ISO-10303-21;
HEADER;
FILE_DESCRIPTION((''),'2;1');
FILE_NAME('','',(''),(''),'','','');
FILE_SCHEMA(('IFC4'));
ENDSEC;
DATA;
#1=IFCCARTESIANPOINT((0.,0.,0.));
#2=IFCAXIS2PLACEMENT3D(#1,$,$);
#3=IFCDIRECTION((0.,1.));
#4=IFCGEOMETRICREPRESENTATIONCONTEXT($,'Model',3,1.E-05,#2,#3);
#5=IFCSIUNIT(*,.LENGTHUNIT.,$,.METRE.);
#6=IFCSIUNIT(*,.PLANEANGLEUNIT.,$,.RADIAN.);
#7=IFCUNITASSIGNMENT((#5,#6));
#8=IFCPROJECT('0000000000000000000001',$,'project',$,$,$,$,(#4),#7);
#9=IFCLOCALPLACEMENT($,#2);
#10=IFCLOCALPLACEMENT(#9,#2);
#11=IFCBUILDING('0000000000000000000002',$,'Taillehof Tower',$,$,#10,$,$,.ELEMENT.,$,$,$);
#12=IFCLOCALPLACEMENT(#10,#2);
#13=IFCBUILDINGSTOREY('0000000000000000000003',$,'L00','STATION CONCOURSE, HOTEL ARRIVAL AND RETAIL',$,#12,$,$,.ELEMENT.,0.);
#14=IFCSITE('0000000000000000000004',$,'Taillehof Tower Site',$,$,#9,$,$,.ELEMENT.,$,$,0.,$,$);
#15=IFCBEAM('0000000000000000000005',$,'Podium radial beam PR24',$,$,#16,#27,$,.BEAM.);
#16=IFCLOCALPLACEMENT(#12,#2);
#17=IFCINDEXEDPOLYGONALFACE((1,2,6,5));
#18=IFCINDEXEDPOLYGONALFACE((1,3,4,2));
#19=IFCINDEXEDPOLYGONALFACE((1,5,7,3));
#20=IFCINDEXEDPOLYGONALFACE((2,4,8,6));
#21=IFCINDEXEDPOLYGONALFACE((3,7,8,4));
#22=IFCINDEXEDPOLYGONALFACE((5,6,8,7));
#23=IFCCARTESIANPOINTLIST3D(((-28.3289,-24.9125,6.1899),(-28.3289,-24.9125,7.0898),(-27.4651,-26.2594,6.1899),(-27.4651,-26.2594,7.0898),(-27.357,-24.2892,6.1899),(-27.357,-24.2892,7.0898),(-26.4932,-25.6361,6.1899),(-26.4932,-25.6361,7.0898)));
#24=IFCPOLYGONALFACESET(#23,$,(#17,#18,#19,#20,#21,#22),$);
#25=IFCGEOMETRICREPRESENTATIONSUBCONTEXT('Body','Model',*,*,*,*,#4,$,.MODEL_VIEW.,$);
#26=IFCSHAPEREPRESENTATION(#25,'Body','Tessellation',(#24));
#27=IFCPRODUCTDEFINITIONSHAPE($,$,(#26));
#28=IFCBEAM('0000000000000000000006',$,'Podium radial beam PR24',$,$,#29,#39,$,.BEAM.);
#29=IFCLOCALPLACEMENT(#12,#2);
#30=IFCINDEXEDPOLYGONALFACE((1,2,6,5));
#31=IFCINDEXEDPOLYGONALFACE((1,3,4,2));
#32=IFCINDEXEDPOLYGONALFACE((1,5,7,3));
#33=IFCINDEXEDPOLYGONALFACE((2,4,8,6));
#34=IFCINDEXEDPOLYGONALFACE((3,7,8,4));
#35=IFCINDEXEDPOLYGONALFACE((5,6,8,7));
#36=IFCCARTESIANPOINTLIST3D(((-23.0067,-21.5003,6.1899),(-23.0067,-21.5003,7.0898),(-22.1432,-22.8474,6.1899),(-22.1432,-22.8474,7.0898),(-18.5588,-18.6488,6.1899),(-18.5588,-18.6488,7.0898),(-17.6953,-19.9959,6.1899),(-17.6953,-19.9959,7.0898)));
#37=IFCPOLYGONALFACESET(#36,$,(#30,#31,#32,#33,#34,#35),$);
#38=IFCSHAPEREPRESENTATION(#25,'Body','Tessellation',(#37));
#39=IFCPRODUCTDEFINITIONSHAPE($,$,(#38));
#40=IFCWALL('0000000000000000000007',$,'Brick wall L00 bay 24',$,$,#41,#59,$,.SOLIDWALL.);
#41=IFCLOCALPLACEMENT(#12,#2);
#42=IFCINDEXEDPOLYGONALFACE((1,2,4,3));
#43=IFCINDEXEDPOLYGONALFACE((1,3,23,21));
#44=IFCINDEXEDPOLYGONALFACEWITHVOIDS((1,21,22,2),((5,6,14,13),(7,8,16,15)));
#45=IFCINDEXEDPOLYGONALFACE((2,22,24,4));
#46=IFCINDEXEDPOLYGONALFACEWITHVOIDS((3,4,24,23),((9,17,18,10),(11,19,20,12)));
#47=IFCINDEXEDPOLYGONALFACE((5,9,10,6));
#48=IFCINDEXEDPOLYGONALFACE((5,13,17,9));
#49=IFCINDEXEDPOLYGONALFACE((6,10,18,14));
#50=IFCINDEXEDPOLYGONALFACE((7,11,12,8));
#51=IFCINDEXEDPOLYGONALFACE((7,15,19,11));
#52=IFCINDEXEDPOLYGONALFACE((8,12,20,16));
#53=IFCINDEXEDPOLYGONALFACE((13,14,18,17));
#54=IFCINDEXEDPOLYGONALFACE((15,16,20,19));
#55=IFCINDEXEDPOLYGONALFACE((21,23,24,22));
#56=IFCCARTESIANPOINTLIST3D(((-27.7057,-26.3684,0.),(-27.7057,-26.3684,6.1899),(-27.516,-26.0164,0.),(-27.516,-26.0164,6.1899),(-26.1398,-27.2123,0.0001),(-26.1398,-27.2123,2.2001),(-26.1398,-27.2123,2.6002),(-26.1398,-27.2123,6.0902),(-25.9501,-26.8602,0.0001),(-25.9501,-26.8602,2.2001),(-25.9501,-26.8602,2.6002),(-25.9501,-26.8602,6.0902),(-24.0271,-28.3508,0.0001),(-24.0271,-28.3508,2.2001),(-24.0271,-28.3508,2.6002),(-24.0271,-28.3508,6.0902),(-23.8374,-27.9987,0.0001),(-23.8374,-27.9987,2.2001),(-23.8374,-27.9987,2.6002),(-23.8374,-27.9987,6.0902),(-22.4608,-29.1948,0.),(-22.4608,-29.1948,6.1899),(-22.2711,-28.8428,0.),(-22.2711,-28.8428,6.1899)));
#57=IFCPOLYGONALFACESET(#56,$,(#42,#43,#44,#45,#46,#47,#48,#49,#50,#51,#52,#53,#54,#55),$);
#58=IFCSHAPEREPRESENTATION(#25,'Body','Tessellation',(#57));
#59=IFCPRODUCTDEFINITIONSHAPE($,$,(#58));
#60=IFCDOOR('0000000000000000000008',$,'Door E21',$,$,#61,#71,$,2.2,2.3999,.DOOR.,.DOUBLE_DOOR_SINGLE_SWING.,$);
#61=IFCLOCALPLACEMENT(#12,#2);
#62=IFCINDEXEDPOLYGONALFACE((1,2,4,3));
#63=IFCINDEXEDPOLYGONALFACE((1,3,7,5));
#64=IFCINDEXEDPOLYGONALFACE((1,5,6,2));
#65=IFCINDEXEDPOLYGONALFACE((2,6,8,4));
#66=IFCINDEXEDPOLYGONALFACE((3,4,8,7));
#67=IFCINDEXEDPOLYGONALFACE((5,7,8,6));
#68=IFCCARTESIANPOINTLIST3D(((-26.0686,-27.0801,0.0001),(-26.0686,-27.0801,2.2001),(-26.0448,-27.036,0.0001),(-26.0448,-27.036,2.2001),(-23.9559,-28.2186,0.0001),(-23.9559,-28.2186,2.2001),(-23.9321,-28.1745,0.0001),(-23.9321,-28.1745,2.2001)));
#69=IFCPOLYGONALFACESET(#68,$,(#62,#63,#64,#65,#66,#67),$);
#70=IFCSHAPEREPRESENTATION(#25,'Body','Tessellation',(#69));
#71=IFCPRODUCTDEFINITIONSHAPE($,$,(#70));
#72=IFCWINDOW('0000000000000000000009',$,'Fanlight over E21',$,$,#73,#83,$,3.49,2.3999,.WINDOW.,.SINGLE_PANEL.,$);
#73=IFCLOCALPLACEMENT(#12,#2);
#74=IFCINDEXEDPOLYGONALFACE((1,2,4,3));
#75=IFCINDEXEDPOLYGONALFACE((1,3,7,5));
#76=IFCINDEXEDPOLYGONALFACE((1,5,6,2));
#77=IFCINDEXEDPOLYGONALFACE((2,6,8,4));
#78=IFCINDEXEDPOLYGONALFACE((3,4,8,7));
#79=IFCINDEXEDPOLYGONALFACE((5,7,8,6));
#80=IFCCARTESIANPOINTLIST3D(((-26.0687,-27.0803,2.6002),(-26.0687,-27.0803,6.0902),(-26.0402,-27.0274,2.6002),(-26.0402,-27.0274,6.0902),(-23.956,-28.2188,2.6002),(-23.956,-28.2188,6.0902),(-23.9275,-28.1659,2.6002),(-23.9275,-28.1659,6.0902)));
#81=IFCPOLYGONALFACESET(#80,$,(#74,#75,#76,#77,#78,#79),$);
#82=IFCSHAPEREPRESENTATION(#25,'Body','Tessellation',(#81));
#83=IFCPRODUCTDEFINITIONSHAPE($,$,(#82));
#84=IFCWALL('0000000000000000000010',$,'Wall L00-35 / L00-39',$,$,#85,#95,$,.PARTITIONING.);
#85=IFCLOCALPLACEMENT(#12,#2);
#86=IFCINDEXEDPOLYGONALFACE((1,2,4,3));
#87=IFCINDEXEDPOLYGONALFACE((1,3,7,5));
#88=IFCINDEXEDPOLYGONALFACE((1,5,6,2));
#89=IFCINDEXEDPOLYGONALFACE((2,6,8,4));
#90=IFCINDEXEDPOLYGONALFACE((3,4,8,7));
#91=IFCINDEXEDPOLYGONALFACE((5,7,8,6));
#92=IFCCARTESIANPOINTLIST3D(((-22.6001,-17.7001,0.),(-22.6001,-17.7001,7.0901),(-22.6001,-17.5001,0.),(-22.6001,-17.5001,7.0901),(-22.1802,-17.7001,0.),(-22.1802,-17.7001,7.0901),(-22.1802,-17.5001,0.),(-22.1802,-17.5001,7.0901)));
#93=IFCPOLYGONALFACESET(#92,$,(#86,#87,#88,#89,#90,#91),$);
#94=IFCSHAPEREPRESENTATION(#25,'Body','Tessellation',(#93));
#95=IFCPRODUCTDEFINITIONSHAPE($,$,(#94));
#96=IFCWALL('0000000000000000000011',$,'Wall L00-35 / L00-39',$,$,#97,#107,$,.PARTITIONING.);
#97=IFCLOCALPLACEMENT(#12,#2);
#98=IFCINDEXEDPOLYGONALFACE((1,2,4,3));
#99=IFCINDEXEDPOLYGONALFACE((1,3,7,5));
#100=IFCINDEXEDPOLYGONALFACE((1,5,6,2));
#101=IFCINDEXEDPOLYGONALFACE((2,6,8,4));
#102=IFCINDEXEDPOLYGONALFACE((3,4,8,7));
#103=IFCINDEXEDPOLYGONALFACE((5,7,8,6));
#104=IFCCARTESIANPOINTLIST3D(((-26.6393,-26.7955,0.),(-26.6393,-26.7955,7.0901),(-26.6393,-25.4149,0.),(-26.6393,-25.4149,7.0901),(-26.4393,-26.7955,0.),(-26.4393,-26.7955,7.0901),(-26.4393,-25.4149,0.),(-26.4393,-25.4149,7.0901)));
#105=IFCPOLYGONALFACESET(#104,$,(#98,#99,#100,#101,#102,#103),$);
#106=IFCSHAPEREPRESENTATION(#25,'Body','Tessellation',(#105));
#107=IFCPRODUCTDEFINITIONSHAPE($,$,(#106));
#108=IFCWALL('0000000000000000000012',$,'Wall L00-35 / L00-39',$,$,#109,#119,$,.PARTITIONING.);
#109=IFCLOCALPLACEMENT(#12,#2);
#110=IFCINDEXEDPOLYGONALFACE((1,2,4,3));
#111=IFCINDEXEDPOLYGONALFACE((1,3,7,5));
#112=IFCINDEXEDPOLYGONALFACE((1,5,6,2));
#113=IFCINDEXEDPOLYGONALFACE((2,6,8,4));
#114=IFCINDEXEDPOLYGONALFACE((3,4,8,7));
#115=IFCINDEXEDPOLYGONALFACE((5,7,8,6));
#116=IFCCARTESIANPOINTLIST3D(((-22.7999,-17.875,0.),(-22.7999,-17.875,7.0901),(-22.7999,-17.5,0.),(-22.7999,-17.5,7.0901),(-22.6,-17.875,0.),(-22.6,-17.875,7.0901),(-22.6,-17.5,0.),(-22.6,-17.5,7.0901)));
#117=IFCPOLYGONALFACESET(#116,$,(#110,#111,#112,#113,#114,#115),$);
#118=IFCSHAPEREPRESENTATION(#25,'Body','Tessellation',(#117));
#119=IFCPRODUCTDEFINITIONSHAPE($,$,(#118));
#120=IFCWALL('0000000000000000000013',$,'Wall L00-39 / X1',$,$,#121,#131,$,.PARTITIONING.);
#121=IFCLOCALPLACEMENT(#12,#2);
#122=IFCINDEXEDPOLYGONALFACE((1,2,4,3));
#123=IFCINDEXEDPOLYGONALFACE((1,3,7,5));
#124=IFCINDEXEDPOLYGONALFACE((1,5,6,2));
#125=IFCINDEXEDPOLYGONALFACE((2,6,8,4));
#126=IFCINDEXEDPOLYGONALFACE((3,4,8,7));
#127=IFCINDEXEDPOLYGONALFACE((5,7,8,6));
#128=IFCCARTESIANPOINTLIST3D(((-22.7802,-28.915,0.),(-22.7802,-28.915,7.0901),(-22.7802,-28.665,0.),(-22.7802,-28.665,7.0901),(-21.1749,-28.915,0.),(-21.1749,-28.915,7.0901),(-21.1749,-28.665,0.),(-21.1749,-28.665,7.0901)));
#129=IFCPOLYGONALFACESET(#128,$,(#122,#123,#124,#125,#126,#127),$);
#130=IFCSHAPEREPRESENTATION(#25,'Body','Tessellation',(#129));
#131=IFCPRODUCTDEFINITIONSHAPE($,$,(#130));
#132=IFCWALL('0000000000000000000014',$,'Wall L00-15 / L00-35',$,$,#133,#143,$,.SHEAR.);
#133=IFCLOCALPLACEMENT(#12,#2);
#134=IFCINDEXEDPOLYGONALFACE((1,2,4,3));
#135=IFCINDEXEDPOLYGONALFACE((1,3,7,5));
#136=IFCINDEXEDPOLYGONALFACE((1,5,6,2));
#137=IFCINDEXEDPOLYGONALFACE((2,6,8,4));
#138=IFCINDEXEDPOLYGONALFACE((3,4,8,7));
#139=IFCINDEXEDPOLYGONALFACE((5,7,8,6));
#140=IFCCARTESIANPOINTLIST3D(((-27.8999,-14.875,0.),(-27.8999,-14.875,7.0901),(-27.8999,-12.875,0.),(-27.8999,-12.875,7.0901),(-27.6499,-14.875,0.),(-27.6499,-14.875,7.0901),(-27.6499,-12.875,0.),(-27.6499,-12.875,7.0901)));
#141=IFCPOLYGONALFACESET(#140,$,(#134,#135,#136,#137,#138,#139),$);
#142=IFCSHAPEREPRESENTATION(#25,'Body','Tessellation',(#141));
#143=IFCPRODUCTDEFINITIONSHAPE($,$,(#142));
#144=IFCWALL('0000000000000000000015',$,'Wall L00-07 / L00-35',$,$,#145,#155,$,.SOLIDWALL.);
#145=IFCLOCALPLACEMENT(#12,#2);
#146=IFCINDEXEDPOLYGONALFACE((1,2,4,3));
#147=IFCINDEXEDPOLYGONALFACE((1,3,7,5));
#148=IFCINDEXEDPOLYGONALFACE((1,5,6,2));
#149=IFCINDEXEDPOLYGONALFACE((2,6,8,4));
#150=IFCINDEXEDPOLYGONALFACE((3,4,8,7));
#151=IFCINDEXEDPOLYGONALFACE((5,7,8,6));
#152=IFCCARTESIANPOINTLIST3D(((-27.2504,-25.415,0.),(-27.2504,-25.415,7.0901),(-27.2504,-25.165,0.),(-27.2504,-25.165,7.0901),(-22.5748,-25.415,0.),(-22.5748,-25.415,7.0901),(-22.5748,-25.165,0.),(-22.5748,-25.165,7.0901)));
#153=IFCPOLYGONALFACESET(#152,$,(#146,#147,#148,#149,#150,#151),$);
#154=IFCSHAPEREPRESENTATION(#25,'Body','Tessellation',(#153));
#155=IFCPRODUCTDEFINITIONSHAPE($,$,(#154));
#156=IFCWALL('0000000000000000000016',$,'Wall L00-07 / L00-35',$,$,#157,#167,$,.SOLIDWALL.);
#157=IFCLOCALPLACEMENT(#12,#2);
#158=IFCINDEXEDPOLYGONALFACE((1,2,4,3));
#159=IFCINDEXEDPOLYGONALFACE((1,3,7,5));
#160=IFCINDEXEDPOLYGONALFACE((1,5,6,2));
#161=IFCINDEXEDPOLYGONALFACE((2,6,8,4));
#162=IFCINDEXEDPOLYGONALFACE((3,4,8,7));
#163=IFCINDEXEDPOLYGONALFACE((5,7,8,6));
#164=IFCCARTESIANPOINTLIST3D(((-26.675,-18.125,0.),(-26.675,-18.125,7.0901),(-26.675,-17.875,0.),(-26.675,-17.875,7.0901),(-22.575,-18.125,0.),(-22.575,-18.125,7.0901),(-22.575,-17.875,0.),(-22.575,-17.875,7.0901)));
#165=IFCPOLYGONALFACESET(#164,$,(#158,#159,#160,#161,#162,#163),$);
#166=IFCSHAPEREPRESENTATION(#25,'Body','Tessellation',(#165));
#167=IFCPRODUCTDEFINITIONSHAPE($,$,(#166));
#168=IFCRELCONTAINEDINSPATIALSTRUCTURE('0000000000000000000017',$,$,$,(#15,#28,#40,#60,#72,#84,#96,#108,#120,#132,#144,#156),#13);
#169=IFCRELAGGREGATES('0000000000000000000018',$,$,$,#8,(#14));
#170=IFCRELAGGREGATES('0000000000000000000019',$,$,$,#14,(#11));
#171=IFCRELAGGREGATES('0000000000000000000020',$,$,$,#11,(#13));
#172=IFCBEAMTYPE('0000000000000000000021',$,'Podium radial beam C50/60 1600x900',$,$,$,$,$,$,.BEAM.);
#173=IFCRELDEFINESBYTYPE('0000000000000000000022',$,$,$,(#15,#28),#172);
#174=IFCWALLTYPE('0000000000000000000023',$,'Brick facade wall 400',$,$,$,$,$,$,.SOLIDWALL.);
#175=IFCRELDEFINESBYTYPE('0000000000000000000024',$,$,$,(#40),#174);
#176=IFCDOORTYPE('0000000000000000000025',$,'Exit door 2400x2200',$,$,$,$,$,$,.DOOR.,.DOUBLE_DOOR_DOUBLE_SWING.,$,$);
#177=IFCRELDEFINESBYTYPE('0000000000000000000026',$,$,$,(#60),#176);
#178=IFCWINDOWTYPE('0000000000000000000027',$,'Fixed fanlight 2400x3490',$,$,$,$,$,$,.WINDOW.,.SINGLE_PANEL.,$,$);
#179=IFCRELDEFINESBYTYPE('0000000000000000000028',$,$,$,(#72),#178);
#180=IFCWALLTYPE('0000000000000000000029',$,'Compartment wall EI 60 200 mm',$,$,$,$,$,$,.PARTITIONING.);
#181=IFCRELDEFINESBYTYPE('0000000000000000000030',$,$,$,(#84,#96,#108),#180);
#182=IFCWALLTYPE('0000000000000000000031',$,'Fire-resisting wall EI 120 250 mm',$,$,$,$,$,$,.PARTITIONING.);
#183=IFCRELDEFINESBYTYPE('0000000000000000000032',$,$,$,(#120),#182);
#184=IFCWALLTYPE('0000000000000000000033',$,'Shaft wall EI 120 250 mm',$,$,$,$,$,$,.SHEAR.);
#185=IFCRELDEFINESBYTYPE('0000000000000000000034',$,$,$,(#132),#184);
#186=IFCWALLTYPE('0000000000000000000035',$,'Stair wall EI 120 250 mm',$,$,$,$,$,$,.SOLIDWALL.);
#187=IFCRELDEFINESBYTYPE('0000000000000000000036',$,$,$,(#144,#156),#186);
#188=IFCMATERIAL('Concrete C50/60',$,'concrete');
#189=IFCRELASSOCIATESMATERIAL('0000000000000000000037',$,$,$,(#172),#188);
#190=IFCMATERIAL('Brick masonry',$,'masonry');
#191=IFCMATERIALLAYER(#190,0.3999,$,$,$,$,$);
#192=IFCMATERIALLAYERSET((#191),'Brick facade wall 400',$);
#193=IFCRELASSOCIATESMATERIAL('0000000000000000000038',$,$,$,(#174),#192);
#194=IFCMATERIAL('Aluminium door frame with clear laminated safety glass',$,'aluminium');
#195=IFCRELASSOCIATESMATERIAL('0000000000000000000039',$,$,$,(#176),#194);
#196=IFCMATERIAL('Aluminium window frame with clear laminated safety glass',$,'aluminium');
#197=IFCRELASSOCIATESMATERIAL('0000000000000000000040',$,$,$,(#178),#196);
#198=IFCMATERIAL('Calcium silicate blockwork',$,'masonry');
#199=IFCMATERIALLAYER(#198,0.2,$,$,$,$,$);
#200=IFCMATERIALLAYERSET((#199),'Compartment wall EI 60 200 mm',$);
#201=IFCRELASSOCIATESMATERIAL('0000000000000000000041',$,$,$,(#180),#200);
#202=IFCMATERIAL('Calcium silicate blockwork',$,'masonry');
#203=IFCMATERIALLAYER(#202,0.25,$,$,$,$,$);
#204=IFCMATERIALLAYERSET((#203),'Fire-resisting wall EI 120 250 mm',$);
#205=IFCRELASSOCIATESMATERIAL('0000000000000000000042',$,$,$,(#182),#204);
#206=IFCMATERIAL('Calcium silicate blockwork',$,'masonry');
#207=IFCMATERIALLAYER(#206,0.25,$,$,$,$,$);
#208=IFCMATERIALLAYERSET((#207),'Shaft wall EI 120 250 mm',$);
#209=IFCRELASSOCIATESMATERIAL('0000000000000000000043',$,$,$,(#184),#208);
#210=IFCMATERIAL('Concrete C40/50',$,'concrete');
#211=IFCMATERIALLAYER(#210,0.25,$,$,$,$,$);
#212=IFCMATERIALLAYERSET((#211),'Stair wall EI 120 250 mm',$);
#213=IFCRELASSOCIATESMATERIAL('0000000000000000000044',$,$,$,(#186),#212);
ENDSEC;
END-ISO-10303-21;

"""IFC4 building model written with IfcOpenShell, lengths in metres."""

from ifc_helpers import new_model, si_unit, direction, frame, frame_2d, origin, origin_2d, place, context, subcontext, project, spatial, rectangle, extrude, material, layer, layer_set, material_profile, profile_set, type_object, element, fill, save


model = new_model("IFC4")

# Units and contexts
model_context = context("Model", 3, precision=1e-05, world=origin(), true_north=direction((0.0, 1.0)))
body_context = subcontext(model_context, "Body", "Model", "MODEL_VIEW")
ifc_project = project(units=[si_unit("LENGTHUNIT", "METRE"), si_unit("PLANEANGLEUNIT", "RADIAN")], contexts=[model_context])

# Site, building, storey
site_placement = place(None, origin())
site = spatial("IfcSite", under=ifc_project, at=site_placement, Name="Taillehof Tower Site", CompositionType="ELEMENT", RefElevation=0.0)
building_placement = place(site_placement, origin())
building = spatial("IfcBuilding", under=site, at=building_placement, Name="Taillehof Tower", CompositionType="ELEMENT")
storey_placement = place(building_placement, origin())
storey = spatial("IfcBuildingStorey", under=building, at=storey_placement, Name="L00", Description="STATION CONCOURSE, HOTEL ARRIVAL AND RETAIL", CompositionType="ELEMENT", Elevation=0.0)

# Beams
ifc_material_1 = material(Name="Concrete C50/60", Category="concrete")
ifc_material_profile_1 = material_profile(ifc_material_1, rectangle(XDim=1.6001, YDim=0.8999, at=origin_2d()), Name="RC 1600x900")
ifc_profile_set_1 = profile_set([ifc_material_profile_1], Name="Concrete C50/60")
beam_type_1 = type_object("IfcBeamType", Name="Podium radial beam C50/60 1600x900", PredefinedType="BEAM", material=ifc_profile_set_1)
beam_1_placement = place(storey_placement, frame((-27.897, -25.5859, 6.6399), z_axis=(0.841776, 0.539827, 0.0), x_axis=(-0.539827, 0.841776, 0.0)))
element("IfcBeam", 1, at=beam_1_placement, inside=storey, type_object=beam_type_1, Name="Podium radial beam PR24", PredefinedType="BEAM", context=body_context, shape_type="SweptSolid", body=[
    extrude(rectangle(XDim=1.6001, YDim=0.8999, at=origin_2d()), origin(), (0.0, 0.0, 1.0), 1.1545),
])
beam_2_placement = place(storey_placement, frame((-22.575, -22.1738, 6.6399), z_axis=(0.841855, 0.539704, 0.0), x_axis=(-0.539704, 0.841855, 0.0)))
element("IfcBeam", 2, at=beam_2_placement, inside=storey, type_object=beam_type_1, Name="Podium radial beam PR24", PredefinedType="BEAM", context=body_context, shape_type="SweptSolid", body=[
    extrude(rectangle(XDim=1.6001, YDim=0.8999, at=origin_2d()), origin(), (0.0, 0.0, 1.0), 5.2834),
])

# Wall, openings, door, window
ifc_material_2 = material(Name="Brick masonry", Category="masonry")
ifc_layer_1 = layer(ifc_material_2, 0.3999)
ifc_layer_set_1 = layer_set([ifc_layer_1], Name="Brick facade wall 400")
wall_type_1 = type_object("IfcWallType", Name="Brick facade wall 400", PredefinedType="SOLIDWALL", material=ifc_layer_set_1)
wall_1_placement = place(storey_placement, frame((-27.6108, -26.1924, 0.0), z_axis=(0.0, 0.0, 1.0), x_axis=(0.880313, -0.474393, 0.0)))
wall_1 = element("IfcWall", 3, at=wall_1_placement, inside=storey, type_object=wall_type_1, Name="Brick wall L00 bay 24", PredefinedType="SOLIDWALL", context=body_context, shape_type="SweptSolid", body=[
    extrude(rectangle(XDim=5.958, YDim=0.3999, at=frame_2d((2.979, 0.0))), origin(), (0.0, 0.0, 1.0), 6.1899),
])
opening_1_placement = place(wall_1_placement, frame((1.7788, 0.0, 0.0)))
opening_1 = element("IfcOpeningElement", 4, at=opening_1_placement, cuts=wall_1, PredefinedType="OPENING", context=body_context, shape_type="SweptSolid", body=[
    extrude(rectangle(XDim=2.3999, YDim=2.2, at=frame_2d((1.2, 1.1001))), frame((0.0, 0.21, 0.0), z_axis=(0.0, -1.0, 0.0), x_axis=(1.0, 0.0, 0.0)), (0.0, 0.0, 1.0), 0.4199),
])
opening_2_placement = place(wall_1_placement, frame((1.7788, 0.0, 2.6001)))
opening_2 = element("IfcOpeningElement", 5, at=opening_2_placement, cuts=wall_1, PredefinedType="OPENING", context=body_context, shape_type="SweptSolid", body=[
    extrude(rectangle(XDim=2.3999, YDim=3.49, at=frame_2d((1.2, 1.7451))), frame((0.0, 0.21, 0.0), z_axis=(0.0, -1.0, 0.0), x_axis=(1.0, 0.0, 0.0)), (0.0, 0.0, 1.0), 0.4199),
])
ifc_material_3 = material(Name="Aluminium door frame with clear laminated safety glass", Category="aluminium")
door_type_1 = type_object("IfcDoorType", Name="Exit door 2400x2200", OperationType="DOUBLE_DOOR_DOUBLE_SWING", PredefinedType="DOOR", material=ifc_material_3)
door_1_placement = place(opening_1_placement, frame((2.3999, 0.0, 0.0), z_axis=(0.0, 0.0, 1.0), x_axis=(-1.0, 0.0, 0.0)))
door_1 = element("IfcDoor", 6, at=door_1_placement, inside=storey, type_object=door_type_1, Name="Door E21", OperationType="DOUBLE_DOOR_SINGLE_SWING", OverallHeight=2.2, OverallWidth=2.3999, PredefinedType="DOOR", context=body_context, shape_type="SweptSolid", body=[
    extrude(rectangle(XDim=2.3999, YDim=2.2, at=frame_2d((1.2, 1.1001))), frame((0.0, 0.0498, 0.0), z_axis=(0.0, -1.0, 0.0), x_axis=(1.0, 0.0, 0.0)), (0.0, 0.0, 1.0), 0.05),
])
fill(opening_1, door_1)
ifc_material_4 = material(Name="Aluminium window frame with clear laminated safety glass", Category="aluminium")
window_type = type_object("IfcWindowType", Name="Fixed fanlight 2400x3490", PartitioningType="SINGLE_PANEL", PredefinedType="WINDOW", material=ifc_material_4)
window_placement = place(opening_2_placement, origin())
window = element("IfcWindow", 7, at=window_placement, inside=storey, type_object=window_type, Name="Fanlight over E21", OverallHeight=3.49, OverallWidth=2.3999, PartitioningType="SINGLE_PANEL", PredefinedType="WINDOW", context=body_context, shape_type="SweptSolid", body=[
    extrude(rectangle(XDim=2.3999, YDim=3.49, at=frame_2d((1.2, 1.7451))), frame((0.0, 0.01, 0.0), z_axis=(0.0, -1.0, 0.0), x_axis=(1.0, 0.0, 0.0)), (0.0, 0.0, 1.0), 0.0601),
])
fill(opening_2, window)

# Walls
ifc_material_5 = material(Name="Calcium silicate blockwork", Category="masonry")
ifc_layer_2 = layer(ifc_material_5, 0.2)
ifc_layer_set_2 = layer_set([ifc_layer_2], Name="Compartment wall EI 60 200 mm")
wall_type_2 = type_object("IfcWallType", Name="Compartment wall EI 60 200 mm", PredefinedType="PARTITIONING", material=ifc_layer_set_2)
wall_2_placement = place(storey_placement, frame((-22.6001, -17.6001, 0.0), z_axis=(0.0, 0.0, 1.0), x_axis=(1.0, 0.0, 0.0)))
element("IfcWall", 8, at=wall_2_placement, inside=storey, type_object=wall_type_2, Name="Wall L00-35 / L00-39", PredefinedType="PARTITIONING", context=body_context, shape_type="SweptSolid", body=[
    extrude(rectangle(XDim=0.4199, YDim=0.2, at=frame_2d((0.21, 0.0))), origin(), (0.0, 0.0, 1.0), 7.0901),
])
wall_3_placement = place(storey_placement, frame((-26.5393, -26.7957, 0.0), z_axis=(0.0, 0.0, 1.0), x_axis=(0.0, 1.0, 0.0)))
element("IfcWall", 9, at=wall_3_placement, inside=storey, type_object=wall_type_2, Name="Wall L00-35 / L00-39", PredefinedType="PARTITIONING", context=body_context, shape_type="SweptSolid", body=[
    extrude(rectangle(XDim=1.3806, YDim=0.2, at=frame_2d((0.6904, 0.0))), origin(), (0.0, 0.0, 1.0), 7.0901),
])
wall_4_placement = place(storey_placement, frame((-22.7, -17.875, 0.0), z_axis=(0.0, 0.0, 1.0), x_axis=(0.0, 1.0, 0.0)))
element("IfcWall", 10, at=wall_4_placement, inside=storey, type_object=wall_type_2, Name="Wall L00-35 / L00-39", PredefinedType="PARTITIONING", context=body_context, shape_type="SweptSolid", body=[
    extrude(rectangle(XDim=0.375, YDim=0.2, at=frame_2d((0.1875, 0.0))), origin(), (0.0, 0.0, 1.0), 7.0901),
])
ifc_material_6 = material(Name="Calcium silicate blockwork", Category="masonry")
ifc_layer_3 = layer(ifc_material_6, 0.25)
ifc_layer_set_3 = layer_set([ifc_layer_3], Name="Fire-resisting wall EI 120 250 mm")
wall_type_3 = type_object("IfcWallType", Name="Fire-resisting wall EI 120 250 mm", PredefinedType="PARTITIONING", material=ifc_layer_set_3)
wall_5_placement = place(storey_placement, frame((-22.7803, -28.79, 0.0), z_axis=(0.0, 0.0, 1.0), x_axis=(1.0, 0.0, 0.0)))
element("IfcWall", 11, at=wall_5_placement, inside=storey, type_object=wall_type_3, Name="Wall L00-39 / X1", PredefinedType="PARTITIONING", context=body_context, shape_type="SweptSolid", body=[
    extrude(rectangle(XDim=1.6052, YDim=0.25, at=frame_2d((0.8027, 0.0))), origin(), (0.0, 0.0, 1.0), 7.0901),
])
ifc_material_7 = material(Name="Calcium silicate blockwork", Category="masonry")
ifc_layer_4 = layer(ifc_material_7, 0.25)
ifc_layer_set_4 = layer_set([ifc_layer_4], Name="Shaft wall EI 120 250 mm")
wall_type_4 = type_object("IfcWallType", Name="Shaft wall EI 120 250 mm", PredefinedType="SHEAR", material=ifc_layer_set_4)
wall_6_placement = place(storey_placement, frame((-27.7749, -14.875, 0.0), z_axis=(0.0, 0.0, 1.0), x_axis=(0.0, 1.0, 0.0)))
element("IfcWall", 12, at=wall_6_placement, inside=storey, type_object=wall_type_4, Name="Wall L00-15 / L00-35", PredefinedType="SHEAR", context=body_context, shape_type="SweptSolid", body=[
    extrude(rectangle(XDim=2.0, YDim=0.25, at=frame_2d((1.0, 0.0))), origin(), (0.0, 0.0, 1.0), 7.0901),
])
ifc_material_8 = material(Name="Concrete C40/50", Category="concrete")
ifc_layer_5 = layer(ifc_material_8, 0.25)
ifc_layer_set_5 = layer_set([ifc_layer_5], Name="Stair wall EI 120 250 mm")
wall_type_5 = type_object("IfcWallType", Name="Stair wall EI 120 250 mm", PredefinedType="SOLIDWALL", material=ifc_layer_set_5)
wall_7_placement = place(storey_placement, frame((-27.2505, -25.29, 0.0), z_axis=(0.0, 0.0, 1.0), x_axis=(1.0, 0.0, 0.0)))
element("IfcWall", 13, at=wall_7_placement, inside=storey, type_object=wall_type_5, Name="Wall L00-07 / L00-35", PredefinedType="SOLIDWALL", context=body_context, shape_type="SweptSolid", body=[
    extrude(rectangle(XDim=4.6755, YDim=0.25, at=frame_2d((2.3379, 0.0))), origin(), (0.0, 0.0, 1.0), 7.0901),
])
wall_8_placement = place(storey_placement, frame((-26.675, -18.0, 0.0), z_axis=(0.0, 0.0, 1.0), x_axis=(1.0, 0.0, 0.0)))
element("IfcWall", 14, at=wall_8_placement, inside=storey, type_object=wall_type_5, Name="Wall L00-07 / L00-35", PredefinedType="SOLIDWALL", context=body_context, shape_type="SweptSolid", body=[
    extrude(rectangle(XDim=4.1001, YDim=0.25, at=frame_2d((2.05, 0.0))), origin(), (0.0, 0.0, 1.0), 7.0901),
])

save(model, "model.ifc")
